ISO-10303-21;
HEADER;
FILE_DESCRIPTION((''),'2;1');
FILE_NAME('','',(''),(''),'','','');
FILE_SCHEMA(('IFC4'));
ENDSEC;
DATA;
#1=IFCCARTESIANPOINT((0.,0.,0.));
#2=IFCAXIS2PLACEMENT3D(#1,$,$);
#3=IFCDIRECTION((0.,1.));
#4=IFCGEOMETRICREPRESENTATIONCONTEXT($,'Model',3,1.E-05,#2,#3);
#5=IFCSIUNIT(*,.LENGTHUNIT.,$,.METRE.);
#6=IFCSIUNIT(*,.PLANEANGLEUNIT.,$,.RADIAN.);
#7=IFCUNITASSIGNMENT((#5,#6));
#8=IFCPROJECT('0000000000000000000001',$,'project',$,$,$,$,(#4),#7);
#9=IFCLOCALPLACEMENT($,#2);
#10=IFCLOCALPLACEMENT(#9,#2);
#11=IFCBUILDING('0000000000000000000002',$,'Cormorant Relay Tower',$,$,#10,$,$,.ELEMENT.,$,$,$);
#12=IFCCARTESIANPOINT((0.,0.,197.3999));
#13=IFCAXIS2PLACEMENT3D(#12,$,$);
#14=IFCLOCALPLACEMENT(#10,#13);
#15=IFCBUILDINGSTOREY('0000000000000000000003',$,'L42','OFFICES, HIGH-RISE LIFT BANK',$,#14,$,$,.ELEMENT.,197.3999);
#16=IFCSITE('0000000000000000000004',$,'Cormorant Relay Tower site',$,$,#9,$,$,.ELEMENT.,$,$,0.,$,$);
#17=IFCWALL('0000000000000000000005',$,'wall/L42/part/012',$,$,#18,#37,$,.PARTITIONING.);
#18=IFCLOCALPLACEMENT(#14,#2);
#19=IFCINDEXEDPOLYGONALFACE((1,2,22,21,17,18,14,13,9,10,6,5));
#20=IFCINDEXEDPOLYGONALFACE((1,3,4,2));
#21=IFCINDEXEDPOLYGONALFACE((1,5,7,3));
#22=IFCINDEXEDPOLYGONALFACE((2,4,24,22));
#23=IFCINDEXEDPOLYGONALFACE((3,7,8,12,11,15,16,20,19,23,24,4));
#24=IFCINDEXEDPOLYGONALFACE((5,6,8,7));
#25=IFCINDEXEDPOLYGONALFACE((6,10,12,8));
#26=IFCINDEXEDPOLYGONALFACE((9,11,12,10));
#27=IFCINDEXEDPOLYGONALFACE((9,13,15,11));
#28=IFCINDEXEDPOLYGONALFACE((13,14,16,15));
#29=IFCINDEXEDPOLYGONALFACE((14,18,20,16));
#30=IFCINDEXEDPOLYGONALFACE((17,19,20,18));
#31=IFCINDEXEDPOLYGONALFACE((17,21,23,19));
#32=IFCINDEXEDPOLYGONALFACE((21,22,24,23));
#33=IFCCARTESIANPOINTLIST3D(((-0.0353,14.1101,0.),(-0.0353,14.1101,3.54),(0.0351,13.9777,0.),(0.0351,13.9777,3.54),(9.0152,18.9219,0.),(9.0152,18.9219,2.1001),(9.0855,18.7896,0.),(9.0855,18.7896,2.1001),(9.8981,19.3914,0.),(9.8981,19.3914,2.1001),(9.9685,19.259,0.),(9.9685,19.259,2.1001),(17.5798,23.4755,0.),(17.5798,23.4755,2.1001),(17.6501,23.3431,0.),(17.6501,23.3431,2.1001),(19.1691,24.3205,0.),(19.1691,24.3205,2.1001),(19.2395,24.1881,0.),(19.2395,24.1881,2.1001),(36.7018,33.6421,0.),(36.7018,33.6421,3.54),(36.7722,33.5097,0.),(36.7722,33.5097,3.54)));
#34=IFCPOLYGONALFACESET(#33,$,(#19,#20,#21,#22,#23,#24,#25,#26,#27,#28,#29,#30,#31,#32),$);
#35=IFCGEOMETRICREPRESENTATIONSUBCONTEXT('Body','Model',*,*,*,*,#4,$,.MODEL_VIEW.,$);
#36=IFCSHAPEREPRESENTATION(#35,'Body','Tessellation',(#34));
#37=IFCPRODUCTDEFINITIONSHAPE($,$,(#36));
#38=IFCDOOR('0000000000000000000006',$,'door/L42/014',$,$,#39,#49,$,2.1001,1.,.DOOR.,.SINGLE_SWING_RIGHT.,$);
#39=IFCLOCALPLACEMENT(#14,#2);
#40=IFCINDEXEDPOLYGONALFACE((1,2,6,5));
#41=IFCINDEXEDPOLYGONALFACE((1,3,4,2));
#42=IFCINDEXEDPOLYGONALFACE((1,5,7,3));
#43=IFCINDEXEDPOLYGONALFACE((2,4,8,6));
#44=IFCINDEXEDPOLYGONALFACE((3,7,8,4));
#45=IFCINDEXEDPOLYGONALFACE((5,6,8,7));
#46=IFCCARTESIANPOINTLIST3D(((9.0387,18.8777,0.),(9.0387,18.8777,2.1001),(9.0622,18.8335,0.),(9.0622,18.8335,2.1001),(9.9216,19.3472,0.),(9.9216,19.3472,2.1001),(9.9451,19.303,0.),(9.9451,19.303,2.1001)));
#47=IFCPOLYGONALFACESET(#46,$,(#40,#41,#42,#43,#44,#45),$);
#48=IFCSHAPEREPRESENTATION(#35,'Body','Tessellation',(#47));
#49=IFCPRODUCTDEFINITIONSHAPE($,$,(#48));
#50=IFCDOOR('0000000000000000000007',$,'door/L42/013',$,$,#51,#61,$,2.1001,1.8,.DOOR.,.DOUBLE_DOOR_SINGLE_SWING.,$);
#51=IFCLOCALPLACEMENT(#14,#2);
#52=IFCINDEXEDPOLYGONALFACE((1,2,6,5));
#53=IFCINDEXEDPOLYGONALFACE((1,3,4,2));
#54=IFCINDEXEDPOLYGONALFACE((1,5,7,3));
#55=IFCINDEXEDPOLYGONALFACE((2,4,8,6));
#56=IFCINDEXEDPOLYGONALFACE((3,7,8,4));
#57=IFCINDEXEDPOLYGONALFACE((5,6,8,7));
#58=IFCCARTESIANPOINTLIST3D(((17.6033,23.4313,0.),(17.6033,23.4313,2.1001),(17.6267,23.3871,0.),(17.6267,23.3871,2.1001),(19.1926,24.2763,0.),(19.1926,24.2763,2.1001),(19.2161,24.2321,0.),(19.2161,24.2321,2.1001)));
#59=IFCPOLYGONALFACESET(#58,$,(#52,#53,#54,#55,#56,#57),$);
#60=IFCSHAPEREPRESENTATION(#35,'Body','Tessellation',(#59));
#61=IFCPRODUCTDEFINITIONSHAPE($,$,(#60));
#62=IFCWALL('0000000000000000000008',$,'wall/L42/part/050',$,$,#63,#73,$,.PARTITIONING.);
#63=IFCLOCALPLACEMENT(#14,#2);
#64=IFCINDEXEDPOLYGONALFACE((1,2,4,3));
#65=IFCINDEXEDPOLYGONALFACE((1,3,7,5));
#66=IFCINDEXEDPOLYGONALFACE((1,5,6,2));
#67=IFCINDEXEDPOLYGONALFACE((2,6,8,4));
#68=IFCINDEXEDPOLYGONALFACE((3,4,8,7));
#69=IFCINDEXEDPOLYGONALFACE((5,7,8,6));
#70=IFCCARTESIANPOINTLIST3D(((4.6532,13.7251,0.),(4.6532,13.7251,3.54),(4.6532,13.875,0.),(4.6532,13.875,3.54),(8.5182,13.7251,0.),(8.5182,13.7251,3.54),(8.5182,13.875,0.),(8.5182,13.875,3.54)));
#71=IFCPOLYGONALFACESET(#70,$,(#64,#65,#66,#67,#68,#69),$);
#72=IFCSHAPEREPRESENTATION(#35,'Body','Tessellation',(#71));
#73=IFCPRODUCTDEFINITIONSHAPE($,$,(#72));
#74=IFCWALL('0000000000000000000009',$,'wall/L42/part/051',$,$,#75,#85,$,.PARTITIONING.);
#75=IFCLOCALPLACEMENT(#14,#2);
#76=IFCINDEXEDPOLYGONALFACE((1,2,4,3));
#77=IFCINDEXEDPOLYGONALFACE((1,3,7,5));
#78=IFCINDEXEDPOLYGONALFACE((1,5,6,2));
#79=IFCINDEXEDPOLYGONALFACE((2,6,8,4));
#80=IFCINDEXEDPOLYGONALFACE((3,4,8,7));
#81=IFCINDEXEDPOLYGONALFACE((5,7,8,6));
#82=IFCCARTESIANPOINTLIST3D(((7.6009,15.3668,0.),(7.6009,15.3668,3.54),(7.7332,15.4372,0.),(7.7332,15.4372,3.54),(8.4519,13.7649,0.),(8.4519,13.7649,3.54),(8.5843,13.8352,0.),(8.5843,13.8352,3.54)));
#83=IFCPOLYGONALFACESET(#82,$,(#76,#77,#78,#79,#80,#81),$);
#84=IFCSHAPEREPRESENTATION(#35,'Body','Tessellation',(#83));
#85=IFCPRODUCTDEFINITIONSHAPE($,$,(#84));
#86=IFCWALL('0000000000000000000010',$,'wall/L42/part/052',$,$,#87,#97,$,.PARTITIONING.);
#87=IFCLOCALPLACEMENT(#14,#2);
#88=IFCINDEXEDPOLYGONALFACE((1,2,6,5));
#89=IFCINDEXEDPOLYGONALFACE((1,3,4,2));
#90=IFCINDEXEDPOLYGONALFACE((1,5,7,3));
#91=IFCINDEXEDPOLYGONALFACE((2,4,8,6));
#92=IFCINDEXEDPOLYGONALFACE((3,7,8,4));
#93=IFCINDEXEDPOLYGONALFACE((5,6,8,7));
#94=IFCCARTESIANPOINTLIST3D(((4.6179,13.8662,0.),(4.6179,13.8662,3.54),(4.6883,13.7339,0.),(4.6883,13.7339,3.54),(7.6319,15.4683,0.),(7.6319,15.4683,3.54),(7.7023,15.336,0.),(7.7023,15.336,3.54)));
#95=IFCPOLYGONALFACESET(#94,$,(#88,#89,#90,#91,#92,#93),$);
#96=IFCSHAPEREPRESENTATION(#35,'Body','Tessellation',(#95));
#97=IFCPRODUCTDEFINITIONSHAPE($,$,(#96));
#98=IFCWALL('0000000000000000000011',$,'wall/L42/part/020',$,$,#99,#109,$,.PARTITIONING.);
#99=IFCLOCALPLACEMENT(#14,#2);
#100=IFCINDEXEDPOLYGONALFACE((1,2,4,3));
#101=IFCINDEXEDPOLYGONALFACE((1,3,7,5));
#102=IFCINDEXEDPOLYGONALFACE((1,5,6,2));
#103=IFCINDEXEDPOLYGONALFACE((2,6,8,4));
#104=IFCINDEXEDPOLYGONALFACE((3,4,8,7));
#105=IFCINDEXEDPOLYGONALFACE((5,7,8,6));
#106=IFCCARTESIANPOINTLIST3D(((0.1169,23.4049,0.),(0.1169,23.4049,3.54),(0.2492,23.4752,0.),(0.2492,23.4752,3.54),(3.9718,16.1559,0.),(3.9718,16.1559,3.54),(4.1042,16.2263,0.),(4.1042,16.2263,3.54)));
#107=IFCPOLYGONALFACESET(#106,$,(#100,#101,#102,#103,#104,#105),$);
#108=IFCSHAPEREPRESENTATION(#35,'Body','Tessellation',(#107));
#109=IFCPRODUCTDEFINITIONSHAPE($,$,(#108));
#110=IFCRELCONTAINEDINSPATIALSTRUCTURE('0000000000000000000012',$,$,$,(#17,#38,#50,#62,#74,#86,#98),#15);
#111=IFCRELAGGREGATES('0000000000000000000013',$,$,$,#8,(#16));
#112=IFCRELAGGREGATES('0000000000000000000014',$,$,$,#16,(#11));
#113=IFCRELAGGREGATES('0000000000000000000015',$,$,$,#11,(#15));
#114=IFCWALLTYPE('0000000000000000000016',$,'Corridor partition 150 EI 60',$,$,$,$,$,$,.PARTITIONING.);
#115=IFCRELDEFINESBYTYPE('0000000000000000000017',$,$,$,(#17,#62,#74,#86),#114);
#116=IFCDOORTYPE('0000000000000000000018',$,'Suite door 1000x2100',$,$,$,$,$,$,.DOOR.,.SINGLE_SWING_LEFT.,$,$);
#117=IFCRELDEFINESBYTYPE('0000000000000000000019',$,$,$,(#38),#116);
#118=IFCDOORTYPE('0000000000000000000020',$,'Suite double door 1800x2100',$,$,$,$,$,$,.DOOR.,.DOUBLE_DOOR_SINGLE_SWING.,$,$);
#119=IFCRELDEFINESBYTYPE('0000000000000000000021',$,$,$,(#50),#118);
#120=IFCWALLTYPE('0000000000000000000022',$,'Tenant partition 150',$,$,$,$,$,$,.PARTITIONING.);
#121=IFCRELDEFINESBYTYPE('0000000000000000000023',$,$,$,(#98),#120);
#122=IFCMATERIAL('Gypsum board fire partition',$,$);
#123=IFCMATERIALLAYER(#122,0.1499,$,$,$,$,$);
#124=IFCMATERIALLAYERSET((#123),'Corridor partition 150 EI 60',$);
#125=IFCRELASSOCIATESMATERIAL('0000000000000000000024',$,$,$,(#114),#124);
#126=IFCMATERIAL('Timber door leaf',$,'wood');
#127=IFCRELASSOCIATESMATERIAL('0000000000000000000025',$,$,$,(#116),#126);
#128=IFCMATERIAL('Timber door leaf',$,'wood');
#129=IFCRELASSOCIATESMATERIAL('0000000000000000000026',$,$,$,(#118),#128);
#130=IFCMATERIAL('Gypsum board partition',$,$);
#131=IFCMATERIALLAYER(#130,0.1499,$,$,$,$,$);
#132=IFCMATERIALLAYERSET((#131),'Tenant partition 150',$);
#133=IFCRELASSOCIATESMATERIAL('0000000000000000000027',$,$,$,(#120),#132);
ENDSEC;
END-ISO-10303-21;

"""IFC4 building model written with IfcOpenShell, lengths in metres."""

from ifc_helpers import new_model, si_unit, direction, frame, frame_2d, origin, place, context, subcontext, project, spatial, rectangle, extrude, material, layer, layer_set, type_object, element, fill, save


model = new_model("IFC4")

# Units and contexts
model_context = context("Model", 3, precision=1e-05, world=origin(), true_north=direction((0.0, 1.0)))
body_context = subcontext(model_context, "Body", "Model", "MODEL_VIEW")
ifc_project = project(units=[si_unit("LENGTHUNIT", "METRE"), si_unit("PLANEANGLEUNIT", "RADIAN")], contexts=[model_context])

# Site, building, storey
site_placement = place(None, origin())
site = spatial("IfcSite", under=ifc_project, at=site_placement, Name="Cormorant Relay Tower site", CompositionType="ELEMENT", RefElevation=0.0)
building_placement = place(site_placement, origin())
building = spatial("IfcBuilding", under=site, at=building_placement, Name="Cormorant Relay Tower", CompositionType="ELEMENT")
storey_placement = place(building_placement, frame((0.0, 0.0, 197.3999)))
storey = spatial("IfcBuildingStorey", under=building, at=storey_placement, Name="L42", Description="OFFICES, HIGH-RISE LIFT BANK", CompositionType="ELEMENT", Elevation=197.3999)

# Wall, openings, doors
ifc_material_1 = material(Name="Gypsum board fire partition")
ifc_layer_1 = layer(ifc_material_1, 0.1499)
ifc_layer_set_1 = layer_set([ifc_layer_1], Name="Corridor partition 150 EI 60")
wall_type_1 = type_object("IfcWallType", Name="Corridor partition 150 EI 60", PredefinedType="PARTITIONING", material=ifc_layer_set_1)
wall_1_placement = place(storey_placement, frame((0.0, 14.0439, 0.0), z_axis=(0.0, 0.0, 1.0), x_axis=(0.882962, 0.469444, 0.0)))
wall_1 = element("IfcWall", 1, at=wall_1_placement, inside=storey, type_object=wall_type_1, Name="wall/L42/part/012", PredefinedType="PARTITIONING", context=body_context, shape_type="SweptSolid", body=[
    extrude(rectangle(XDim=41.6067, YDim=0.1499, at=frame_2d((20.8032, 0.0))), origin(), (0.0, 0.0, 1.0), 3.54),
])
opening_1_placement = place(wall_1_placement, frame((19.95, 0.0, 0.0)))
opening_1 = element("IfcOpeningElement", 2, at=opening_1_placement, cuts=wall_1, PredefinedType="OPENING", context=body_context, shape_type="SweptSolid", body=[
    extrude(rectangle(XDim=1.8, YDim=2.1001, at=frame_2d((0.8999, 1.05))), frame((0.0, 0.085, 0.0), z_axis=(0.0, -1.0, 0.0), x_axis=(1.0, 0.0, 0.0)), (0.0, 0.0, 1.0), 0.1699),
])
opening_2_placement = place(wall_1_placement, frame((10.25, 0.0, 0.0)))
opening_2 = element("IfcOpeningElement", 3, at=opening_2_placement, cuts=wall_1, PredefinedType="OPENING", context=body_context, shape_type="SweptSolid", body=[
    extrude(rectangle(XDim=1.0, YDim=2.1001, at=frame_2d((0.5, 1.05))), frame((0.0, 0.085, 0.0), z_axis=(0.0, -1.0, 0.0), x_axis=(1.0, 0.0, 0.0)), (0.0, 0.0, 1.0), 0.1699),
])
ifc_material_2 = material(Name="Timber door leaf", Category="wood")
door_type_1 = type_object("IfcDoorType", Name="Suite door 1000x2100", OperationType="SINGLE_SWING_LEFT", PredefinedType="DOOR", material=ifc_material_2)
door_1_placement = place(opening_2_placement, origin())
door_1 = element("IfcDoor", 4, at=door_1_placement, inside=storey, type_object=door_type_1, Name="door/L42/014", OperationType="SINGLE_SWING_RIGHT", OverallHeight=2.1001, OverallWidth=1.0, PredefinedType="DOOR", context=body_context, shape_type="SweptSolid", body=[
    extrude(rectangle(XDim=1.0, YDim=2.1001, at=frame_2d((0.5, 1.05))), frame((0.0, 0.0249, 0.0), z_axis=(0.0, -1.0, 0.0), x_axis=(1.0, 0.0, 0.0)), (0.0, 0.0, 1.0), 0.05),
])
fill(opening_2, door_1)
ifc_material_3 = material(Name="Timber door leaf", Category="wood")
door_type_2 = type_object("IfcDoorType", Name="Suite double door 1800x2100", OperationType="DOUBLE_DOOR_SINGLE_SWING", PredefinedType="DOOR", material=ifc_material_3)
door_2_placement = place(opening_1_placement, origin())
door_2 = element("IfcDoor", 5, at=door_2_placement, inside=storey, type_object=door_type_2, Name="door/L42/013", OperationType="DOUBLE_DOOR_SINGLE_SWING", OverallHeight=2.1001, OverallWidth=1.8, PredefinedType="DOOR", context=body_context, shape_type="SweptSolid", body=[
    extrude(rectangle(XDim=1.8, YDim=2.1001, at=frame_2d((0.8999, 1.05))), frame((0.0, 0.0249, 0.0), z_axis=(0.0, -1.0, 0.0), x_axis=(1.0, 0.0, 0.0)), (0.0, 0.0, 1.0), 0.05),
])
fill(opening_1, door_2)

# Walls
wall_2_placement = place(storey_placement, frame((4.6531, 13.8, 0.0), z_axis=(0.0, 0.0, 1.0), x_axis=(1.0, 0.0, 0.0)))
element("IfcWall", 6, at=wall_2_placement, inside=storey, type_object=wall_type_1, Name="wall/L42/part/050", PredefinedType="PARTITIONING", context=body_context, shape_type="SweptSolid", body=[
    extrude(rectangle(XDim=3.865, YDim=0.1499, at=frame_2d((1.9326, 0.0))), origin(), (0.0, 0.0, 1.0), 3.54),
])
wall_3_placement = place(storey_placement, frame((8.5181, 13.8, 0.0), z_axis=(0.0, 0.0, 1.0), x_axis=(-0.469149, 0.883119, 0.0)))
element("IfcWall", 7, at=wall_3_placement, inside=storey, type_object=wall_type_1, Name="wall/L42/part/051", PredefinedType="PARTITIONING", context=body_context, shape_type="SweptSolid", body=[
    extrude(rectangle(XDim=1.814, YDim=0.1499, at=frame_2d((0.907, 0.0))), origin(), (0.0, 0.0, 1.0), 3.54),
])
wall_4_placement = place(storey_placement, frame((7.667, 15.4021, 0.0), z_axis=(0.0, 0.0, 1.0), x_axis=(-0.883005, -0.469363, 0.0)))
element("IfcWall", 8, at=wall_4_placement, inside=storey, type_object=wall_type_1, Name="wall/L42/part/052", PredefinedType="PARTITIONING", context=body_context, shape_type="SweptSolid", body=[
    extrude(rectangle(XDim=3.4133, YDim=0.1499, at=frame_2d((1.7065, 0.0))), origin(), (0.0, 0.0, 1.0), 3.54),
])
ifc_material_4 = material(Name="Gypsum board partition")
ifc_layer_2 = layer(ifc_material_4, 0.1499)
ifc_layer_set_2 = layer_set([ifc_layer_2], Name="Tenant partition 150")
wall_type_2 = type_object("IfcWallType", Name="Tenant partition 150", PredefinedType="PARTITIONING", material=ifc_layer_set_2)
wall_5_placement = place(storey_placement, frame((0.1831, 23.4399, 0.0), z_axis=(0.0, 0.0, 1.0), x_axis=(0.469529, -0.882917, 0.0)))
element("IfcWall", 9, at=wall_5_placement, inside=storey, type_object=wall_type_2, Name="wall/L42/part/020", PredefinedType="PARTITIONING", context=body_context, shape_type="SweptSolid", body=[
    extrude(rectangle(XDim=8.2102, YDim=0.1499, at=frame_2d((4.105, 0.0))), origin(), (0.0, 0.0, 1.0), 3.54),
])

save(model, "model.ifc")
